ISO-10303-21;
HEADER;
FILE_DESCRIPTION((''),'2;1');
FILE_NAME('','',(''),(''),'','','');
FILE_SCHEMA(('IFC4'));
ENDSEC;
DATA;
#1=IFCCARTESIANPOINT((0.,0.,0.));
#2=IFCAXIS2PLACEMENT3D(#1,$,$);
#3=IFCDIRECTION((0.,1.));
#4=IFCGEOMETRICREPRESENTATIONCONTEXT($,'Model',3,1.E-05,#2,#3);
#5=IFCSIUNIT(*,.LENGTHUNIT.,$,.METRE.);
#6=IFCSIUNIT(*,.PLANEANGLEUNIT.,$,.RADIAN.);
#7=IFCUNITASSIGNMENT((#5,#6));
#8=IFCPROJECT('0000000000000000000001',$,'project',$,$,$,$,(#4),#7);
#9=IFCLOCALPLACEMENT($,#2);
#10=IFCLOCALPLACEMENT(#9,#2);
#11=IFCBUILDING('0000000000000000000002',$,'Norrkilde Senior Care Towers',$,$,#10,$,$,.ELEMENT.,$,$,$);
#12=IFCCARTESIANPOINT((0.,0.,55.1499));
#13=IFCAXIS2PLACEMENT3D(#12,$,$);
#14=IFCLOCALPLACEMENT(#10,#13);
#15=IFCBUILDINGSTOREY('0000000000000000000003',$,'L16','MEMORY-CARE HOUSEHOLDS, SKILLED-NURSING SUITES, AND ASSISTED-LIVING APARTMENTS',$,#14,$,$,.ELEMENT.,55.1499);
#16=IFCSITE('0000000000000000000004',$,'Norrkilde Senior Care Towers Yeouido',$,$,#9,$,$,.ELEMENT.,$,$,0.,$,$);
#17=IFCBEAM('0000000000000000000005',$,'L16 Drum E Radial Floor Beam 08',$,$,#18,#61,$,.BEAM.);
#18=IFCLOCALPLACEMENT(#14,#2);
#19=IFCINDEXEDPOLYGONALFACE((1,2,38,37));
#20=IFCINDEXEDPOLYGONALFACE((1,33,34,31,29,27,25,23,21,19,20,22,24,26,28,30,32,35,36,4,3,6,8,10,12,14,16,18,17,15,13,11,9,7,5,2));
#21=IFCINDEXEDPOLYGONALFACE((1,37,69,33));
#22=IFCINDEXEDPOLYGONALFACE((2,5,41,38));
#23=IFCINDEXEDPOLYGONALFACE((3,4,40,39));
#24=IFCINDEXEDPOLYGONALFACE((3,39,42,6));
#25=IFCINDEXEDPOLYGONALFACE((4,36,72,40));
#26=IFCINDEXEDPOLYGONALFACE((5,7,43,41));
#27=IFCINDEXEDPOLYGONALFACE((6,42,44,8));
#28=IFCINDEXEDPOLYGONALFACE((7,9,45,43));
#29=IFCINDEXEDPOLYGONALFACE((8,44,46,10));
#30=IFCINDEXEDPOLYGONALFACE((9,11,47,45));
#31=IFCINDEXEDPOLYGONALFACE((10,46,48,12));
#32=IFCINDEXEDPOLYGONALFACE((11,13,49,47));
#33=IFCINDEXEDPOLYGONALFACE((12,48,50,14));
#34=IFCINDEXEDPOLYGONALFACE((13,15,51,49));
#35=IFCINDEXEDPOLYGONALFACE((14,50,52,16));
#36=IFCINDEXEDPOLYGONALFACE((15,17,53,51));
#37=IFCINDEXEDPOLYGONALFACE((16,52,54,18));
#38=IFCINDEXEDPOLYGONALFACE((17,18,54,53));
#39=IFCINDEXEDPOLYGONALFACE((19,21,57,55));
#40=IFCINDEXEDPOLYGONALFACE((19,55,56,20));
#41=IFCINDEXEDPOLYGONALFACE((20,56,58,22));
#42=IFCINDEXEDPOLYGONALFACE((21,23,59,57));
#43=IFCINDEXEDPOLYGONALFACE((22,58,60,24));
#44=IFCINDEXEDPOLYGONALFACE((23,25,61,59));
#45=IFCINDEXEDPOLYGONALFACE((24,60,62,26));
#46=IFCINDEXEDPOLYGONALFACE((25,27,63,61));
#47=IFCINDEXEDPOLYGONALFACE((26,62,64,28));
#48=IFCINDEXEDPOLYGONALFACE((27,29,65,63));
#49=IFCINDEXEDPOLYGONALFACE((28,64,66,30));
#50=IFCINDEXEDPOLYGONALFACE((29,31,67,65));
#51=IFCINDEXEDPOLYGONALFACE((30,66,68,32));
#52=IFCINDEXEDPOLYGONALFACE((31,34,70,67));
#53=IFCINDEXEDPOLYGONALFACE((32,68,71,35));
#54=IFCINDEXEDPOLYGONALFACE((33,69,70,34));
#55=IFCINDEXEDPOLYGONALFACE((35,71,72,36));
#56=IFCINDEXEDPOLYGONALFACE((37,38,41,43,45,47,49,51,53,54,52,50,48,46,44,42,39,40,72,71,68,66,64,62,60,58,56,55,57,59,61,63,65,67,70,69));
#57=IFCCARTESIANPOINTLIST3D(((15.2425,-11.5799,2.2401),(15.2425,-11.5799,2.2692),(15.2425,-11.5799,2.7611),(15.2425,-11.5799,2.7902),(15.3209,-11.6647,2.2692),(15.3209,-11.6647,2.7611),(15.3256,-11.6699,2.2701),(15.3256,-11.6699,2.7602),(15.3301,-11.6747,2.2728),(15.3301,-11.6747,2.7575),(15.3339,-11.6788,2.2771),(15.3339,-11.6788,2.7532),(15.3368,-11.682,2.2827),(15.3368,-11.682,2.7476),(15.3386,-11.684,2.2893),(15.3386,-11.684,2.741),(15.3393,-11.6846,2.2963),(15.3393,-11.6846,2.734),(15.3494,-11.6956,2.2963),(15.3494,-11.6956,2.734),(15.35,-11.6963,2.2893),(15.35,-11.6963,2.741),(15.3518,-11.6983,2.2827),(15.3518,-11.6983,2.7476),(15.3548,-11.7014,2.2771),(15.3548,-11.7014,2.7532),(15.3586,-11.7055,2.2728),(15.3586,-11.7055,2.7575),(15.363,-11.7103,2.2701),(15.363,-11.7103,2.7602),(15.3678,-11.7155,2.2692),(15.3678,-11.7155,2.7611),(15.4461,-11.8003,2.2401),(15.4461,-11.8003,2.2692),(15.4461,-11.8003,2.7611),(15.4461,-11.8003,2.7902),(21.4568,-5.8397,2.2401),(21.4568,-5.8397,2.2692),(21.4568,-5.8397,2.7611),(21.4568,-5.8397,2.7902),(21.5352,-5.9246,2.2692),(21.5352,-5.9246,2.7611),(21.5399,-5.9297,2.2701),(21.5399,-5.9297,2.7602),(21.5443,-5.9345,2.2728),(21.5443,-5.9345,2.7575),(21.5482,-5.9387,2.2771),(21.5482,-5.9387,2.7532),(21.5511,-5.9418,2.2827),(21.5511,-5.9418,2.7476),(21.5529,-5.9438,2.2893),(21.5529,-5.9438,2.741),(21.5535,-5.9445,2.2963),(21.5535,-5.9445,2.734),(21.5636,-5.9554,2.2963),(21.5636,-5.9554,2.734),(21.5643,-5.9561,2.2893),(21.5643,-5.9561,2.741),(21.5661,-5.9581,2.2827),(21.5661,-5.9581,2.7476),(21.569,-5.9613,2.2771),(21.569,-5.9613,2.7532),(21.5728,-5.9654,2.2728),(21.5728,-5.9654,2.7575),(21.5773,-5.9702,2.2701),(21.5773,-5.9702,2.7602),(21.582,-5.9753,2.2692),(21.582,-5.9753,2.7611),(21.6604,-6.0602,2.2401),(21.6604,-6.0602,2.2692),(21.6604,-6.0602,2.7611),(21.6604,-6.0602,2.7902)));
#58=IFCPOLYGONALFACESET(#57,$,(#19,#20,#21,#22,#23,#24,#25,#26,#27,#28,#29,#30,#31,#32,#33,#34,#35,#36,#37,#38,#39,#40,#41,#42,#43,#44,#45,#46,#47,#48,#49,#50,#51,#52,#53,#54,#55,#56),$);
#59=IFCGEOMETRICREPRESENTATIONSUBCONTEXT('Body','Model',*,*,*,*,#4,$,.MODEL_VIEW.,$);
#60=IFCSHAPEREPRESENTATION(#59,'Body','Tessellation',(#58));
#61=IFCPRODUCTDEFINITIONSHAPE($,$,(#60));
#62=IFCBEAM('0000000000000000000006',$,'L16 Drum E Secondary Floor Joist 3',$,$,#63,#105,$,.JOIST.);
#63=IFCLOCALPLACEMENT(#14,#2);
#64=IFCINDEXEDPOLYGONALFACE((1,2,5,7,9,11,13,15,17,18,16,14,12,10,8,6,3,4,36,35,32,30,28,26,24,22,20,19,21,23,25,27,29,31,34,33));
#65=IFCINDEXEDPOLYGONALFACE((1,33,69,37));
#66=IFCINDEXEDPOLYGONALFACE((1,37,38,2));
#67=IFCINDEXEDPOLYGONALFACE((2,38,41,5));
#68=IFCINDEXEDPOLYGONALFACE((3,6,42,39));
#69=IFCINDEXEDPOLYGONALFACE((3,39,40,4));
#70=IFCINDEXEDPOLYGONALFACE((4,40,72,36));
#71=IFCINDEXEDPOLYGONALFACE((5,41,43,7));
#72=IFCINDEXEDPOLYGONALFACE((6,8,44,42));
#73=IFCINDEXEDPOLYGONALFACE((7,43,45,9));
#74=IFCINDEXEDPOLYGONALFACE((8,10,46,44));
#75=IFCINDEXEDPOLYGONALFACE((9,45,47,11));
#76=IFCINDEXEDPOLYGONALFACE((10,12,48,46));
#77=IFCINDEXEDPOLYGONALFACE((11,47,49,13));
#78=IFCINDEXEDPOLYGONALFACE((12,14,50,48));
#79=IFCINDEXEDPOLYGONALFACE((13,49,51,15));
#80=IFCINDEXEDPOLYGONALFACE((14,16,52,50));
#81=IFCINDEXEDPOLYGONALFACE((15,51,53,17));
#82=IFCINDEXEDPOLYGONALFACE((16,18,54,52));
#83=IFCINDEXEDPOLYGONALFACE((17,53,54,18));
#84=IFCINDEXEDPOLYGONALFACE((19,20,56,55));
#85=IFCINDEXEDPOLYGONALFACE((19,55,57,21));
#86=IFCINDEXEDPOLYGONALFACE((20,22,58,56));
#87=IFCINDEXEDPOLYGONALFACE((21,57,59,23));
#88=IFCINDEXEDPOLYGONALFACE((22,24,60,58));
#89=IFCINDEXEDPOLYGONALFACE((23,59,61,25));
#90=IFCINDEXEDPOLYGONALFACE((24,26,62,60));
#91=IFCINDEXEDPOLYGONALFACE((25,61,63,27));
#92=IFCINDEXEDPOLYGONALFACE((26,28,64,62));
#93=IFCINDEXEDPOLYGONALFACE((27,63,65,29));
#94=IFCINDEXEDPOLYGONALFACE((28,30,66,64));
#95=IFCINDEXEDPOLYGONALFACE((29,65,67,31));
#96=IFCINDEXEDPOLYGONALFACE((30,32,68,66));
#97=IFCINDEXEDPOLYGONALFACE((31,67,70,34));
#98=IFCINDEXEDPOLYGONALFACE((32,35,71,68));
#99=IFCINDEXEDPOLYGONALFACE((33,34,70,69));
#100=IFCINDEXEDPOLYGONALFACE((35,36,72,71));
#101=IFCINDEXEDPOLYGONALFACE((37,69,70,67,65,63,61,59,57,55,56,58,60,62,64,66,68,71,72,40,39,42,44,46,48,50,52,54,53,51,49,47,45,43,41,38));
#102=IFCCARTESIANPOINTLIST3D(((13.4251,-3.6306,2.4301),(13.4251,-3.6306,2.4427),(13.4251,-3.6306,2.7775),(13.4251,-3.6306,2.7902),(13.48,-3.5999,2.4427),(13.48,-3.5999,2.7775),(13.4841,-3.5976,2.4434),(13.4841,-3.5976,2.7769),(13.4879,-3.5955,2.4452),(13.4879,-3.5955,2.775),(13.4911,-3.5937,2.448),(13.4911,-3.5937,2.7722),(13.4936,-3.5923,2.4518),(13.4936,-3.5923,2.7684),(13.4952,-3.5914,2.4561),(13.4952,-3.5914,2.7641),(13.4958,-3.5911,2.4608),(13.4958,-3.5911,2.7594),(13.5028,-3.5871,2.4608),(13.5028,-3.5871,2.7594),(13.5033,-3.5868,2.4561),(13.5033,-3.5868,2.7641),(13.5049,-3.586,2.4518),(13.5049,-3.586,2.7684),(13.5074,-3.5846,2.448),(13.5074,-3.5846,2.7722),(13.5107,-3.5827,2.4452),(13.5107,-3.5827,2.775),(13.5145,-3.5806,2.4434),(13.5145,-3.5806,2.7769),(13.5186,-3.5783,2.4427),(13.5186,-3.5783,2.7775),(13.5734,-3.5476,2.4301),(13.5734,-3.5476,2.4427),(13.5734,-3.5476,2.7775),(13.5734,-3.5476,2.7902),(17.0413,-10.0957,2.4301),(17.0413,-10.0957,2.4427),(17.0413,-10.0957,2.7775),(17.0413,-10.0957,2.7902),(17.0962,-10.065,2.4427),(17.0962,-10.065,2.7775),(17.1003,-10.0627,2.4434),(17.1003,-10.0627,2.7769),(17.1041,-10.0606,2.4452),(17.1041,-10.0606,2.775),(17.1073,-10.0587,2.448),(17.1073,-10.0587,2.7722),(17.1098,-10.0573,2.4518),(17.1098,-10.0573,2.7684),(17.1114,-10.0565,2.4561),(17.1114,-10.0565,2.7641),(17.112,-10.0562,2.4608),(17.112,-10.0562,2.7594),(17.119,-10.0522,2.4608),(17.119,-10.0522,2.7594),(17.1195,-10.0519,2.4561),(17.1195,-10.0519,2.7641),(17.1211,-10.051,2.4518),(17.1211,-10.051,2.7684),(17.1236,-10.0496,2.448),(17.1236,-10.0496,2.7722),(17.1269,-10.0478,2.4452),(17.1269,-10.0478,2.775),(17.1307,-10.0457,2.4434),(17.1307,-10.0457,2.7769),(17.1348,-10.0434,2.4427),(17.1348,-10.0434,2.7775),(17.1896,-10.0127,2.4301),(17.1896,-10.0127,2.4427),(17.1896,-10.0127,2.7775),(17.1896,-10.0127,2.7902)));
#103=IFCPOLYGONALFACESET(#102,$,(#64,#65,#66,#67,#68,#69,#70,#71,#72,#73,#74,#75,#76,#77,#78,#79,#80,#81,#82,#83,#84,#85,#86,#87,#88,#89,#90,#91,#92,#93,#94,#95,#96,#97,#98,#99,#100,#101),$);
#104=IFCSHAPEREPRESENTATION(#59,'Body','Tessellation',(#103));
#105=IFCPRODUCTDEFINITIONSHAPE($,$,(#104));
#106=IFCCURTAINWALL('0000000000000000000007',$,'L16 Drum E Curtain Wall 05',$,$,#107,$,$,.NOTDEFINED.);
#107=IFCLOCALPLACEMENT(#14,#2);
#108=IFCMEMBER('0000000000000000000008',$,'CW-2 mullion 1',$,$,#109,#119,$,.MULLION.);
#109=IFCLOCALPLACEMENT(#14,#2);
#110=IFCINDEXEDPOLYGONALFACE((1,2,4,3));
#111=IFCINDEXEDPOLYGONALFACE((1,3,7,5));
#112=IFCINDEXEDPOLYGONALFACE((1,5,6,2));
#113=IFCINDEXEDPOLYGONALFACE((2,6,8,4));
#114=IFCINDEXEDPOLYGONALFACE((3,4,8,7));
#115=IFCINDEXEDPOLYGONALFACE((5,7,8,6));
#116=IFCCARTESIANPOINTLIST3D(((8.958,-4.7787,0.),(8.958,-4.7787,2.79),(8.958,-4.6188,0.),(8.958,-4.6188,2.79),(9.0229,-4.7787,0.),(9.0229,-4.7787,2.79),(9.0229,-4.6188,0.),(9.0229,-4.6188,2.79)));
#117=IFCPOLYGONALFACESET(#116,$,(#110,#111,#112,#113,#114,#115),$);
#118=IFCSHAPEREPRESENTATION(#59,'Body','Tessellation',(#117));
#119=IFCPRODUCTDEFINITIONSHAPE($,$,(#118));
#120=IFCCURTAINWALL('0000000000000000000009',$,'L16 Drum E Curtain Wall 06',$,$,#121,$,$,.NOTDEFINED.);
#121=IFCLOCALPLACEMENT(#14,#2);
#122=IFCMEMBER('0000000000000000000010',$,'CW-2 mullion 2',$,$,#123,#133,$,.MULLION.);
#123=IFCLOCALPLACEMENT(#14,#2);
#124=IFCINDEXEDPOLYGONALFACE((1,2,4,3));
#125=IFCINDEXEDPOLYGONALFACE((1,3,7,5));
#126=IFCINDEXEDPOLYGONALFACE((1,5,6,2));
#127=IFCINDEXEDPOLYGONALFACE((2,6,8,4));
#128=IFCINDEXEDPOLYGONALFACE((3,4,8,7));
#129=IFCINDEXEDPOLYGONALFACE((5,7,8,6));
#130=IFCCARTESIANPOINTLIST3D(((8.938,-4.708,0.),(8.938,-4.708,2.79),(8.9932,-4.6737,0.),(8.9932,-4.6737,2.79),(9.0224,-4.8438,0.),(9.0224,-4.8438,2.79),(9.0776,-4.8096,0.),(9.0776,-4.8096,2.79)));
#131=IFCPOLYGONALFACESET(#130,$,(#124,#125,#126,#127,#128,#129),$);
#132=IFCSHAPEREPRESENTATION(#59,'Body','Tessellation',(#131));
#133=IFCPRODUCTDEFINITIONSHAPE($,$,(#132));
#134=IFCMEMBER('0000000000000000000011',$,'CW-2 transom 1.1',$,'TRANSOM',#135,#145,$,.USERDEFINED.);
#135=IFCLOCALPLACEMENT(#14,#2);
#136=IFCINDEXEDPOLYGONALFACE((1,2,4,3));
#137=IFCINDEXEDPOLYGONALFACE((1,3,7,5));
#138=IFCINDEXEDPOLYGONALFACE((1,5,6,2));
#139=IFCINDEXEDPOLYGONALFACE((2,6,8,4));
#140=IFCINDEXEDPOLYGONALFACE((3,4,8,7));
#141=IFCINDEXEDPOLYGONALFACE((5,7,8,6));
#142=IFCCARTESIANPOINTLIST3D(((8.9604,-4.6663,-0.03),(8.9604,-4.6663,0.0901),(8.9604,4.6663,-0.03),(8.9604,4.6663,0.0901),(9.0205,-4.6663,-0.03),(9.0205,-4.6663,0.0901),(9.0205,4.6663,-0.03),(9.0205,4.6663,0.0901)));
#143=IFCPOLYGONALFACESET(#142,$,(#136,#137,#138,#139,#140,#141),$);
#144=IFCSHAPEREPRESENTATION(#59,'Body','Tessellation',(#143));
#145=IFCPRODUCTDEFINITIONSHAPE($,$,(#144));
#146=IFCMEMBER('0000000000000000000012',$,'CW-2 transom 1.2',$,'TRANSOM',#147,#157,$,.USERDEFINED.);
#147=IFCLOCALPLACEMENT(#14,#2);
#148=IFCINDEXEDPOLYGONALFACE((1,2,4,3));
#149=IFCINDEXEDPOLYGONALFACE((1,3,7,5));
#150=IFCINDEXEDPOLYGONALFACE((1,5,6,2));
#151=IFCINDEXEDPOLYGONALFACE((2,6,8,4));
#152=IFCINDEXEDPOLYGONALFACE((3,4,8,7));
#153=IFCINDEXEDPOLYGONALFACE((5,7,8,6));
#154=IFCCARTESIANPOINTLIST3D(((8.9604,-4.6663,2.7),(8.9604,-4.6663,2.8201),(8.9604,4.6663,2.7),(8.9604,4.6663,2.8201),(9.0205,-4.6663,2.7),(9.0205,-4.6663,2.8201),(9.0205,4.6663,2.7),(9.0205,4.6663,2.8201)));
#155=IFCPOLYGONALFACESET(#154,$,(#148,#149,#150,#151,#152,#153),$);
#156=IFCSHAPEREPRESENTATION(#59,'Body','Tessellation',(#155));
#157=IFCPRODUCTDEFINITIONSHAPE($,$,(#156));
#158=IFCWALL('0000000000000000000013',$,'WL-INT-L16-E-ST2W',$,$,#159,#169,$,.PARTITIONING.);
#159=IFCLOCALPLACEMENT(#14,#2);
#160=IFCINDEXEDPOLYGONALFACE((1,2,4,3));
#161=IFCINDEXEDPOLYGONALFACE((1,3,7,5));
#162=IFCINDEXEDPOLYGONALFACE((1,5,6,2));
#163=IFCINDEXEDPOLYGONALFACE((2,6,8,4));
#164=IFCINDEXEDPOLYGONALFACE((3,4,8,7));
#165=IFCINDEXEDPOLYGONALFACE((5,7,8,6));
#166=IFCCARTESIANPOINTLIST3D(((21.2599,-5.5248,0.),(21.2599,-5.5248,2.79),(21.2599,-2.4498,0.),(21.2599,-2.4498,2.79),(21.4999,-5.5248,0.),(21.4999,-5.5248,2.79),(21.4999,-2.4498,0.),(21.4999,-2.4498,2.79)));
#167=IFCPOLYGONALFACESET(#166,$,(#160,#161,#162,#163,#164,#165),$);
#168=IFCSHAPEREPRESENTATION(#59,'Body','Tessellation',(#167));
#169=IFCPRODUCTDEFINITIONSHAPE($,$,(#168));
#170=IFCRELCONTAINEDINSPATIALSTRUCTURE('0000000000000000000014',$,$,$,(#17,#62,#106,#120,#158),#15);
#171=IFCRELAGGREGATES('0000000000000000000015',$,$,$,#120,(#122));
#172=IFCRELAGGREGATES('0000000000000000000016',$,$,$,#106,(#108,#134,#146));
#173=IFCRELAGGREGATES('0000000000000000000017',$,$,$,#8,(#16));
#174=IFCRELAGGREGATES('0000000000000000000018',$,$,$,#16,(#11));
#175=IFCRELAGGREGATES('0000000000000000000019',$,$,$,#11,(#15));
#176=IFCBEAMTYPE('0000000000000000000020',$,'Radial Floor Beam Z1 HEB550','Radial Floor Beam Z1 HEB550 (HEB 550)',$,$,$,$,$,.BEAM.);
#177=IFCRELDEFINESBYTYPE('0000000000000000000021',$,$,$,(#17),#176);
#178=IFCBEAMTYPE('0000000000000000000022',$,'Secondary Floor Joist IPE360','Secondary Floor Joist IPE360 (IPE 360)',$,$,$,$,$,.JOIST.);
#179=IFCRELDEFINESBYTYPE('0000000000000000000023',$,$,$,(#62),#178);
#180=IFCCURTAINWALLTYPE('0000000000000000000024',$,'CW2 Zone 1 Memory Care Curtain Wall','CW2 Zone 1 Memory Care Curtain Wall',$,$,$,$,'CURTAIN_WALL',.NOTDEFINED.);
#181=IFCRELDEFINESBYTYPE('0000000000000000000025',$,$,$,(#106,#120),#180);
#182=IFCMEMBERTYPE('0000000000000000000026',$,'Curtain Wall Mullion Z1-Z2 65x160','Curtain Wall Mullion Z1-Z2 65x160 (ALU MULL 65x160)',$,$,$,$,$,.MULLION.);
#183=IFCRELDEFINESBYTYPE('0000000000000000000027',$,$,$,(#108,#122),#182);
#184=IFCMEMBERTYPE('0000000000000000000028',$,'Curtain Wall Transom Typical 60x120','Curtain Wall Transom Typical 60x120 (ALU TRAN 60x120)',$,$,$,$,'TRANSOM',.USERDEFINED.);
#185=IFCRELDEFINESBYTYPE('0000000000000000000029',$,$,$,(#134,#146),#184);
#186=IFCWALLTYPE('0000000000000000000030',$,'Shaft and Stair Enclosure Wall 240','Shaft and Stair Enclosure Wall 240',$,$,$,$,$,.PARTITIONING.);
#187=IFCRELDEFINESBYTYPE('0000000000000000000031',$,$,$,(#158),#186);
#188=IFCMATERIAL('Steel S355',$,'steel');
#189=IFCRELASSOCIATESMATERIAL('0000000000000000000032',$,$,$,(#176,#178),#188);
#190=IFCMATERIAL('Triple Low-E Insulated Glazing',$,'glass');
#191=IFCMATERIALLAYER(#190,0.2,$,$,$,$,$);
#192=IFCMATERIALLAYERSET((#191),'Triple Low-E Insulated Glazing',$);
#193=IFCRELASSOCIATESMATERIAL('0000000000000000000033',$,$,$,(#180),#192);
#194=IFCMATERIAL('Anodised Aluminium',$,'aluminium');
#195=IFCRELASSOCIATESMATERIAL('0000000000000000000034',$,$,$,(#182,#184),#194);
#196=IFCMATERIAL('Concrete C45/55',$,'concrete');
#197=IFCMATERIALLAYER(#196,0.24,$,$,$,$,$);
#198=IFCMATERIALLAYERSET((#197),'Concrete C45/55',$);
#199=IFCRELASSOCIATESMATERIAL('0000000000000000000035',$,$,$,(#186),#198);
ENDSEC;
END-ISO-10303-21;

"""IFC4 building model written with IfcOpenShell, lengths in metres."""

from ifc_helpers import new_model, si_unit, direction, frame, frame_2d, origin, origin_2d, place, context, subcontext, project, spatial, rectangle, i_section, extrude, source, transform, mapped, material, layer, layer_set, material_profile, profile_set, type_object, type_shapes, element, aggregate, save


model = new_model("IFC4")

# Units and contexts
model_context = context("Model", 3, precision=1e-05, world=origin(), true_north=direction((0.0, 1.0)))
body_context = subcontext(model_context, "Body", "Model", "MODEL_VIEW")
ifc_project = project(units=[si_unit("LENGTHUNIT", "METRE"), si_unit("PLANEANGLEUNIT", "RADIAN")], contexts=[model_context])

# Site, building, storey
site_placement = place(None, origin())
site = spatial("IfcSite", under=ifc_project, at=site_placement, Name="Norrkilde Senior Care Towers Yeouido", CompositionType="ELEMENT", RefElevation=0.0)
building_placement = place(site_placement, origin())
building = spatial("IfcBuilding", under=site, at=building_placement, Name="Norrkilde Senior Care Towers", CompositionType="ELEMENT")
storey_placement = place(building_placement, frame((0.0, 0.0, 55.1499)))
storey = spatial("IfcBuildingStorey", under=building, at=storey_placement, Name="L16", Description="MEMORY-CARE HOUSEHOLDS, SKILLED-NURSING SUITES, AND ASSISTED-LIVING APARTMENTS", CompositionType="ELEMENT", Elevation=55.1499)

# Beams
ifc_material_1 = material(Name="Steel S355", Category="steel")
ifc_material_profile_1 = material_profile(ifc_material_1, i_section(OverallWidth=0.3, OverallDepth=0.55, WebThickness=0.0149, FlangeThickness=0.0291, FilletRadius=0.0271, at=origin_2d()), Name="HEB 550")
ifc_profile_set_1 = profile_set([ifc_material_profile_1], Name="Steel S355")
beam_type_1 = type_object("IfcBeamType", Name="Radial Floor Beam Z1 HEB550", Description="Radial Floor Beam Z1 HEB550 (HEB 550)", PredefinedType="BEAM", material=ifc_profile_set_1)
shared_shape_1 = source(origin(), body_context, "Body", "SweptSolid", [
    extrude(i_section(OverallWidth=0.3, OverallDepth=0.55, WebThickness=0.0149, FlangeThickness=0.0291, FilletRadius=0.0271, at=origin_2d()), origin(), (0.0, 0.0, 1.0), 8.4597),
])
beam_1_placement = place(storey_placement, frame((21.5586, -5.95, 2.5151), z_axis=(-0.734573, -0.678529, 0.0), x_axis=(0.678529, -0.734573, 0.0)))
element("IfcBeam", 1, at=beam_1_placement, inside=storey, type_object=beam_type_1, Name="L16 Drum E Radial Floor Beam 08", PredefinedType="BEAM", context=body_context, shape_type="MappedRepresentation", body=[
    mapped(shared_shape_1, transform((0.0, 0.0, 0.0), x_axis=(1.0, 0.0, 0.0), y_axis=(0.0, 1.0, 0.0), z_axis=(0.0, 0.0, 1.0), scale=1.0)),
])
ifc_material_profile_2 = material_profile(ifc_material_1, i_section(OverallWidth=0.1699, OverallDepth=0.3601, WebThickness=0.0081, FlangeThickness=0.0127, FilletRadius=0.0181, at=origin_2d()), Name="IPE 360")
ifc_profile_set_2 = profile_set([ifc_material_profile_2], Name="Steel S355")
beam_type_2 = type_object("IfcBeamType", Name="Secondary Floor Joist IPE360", Description="Secondary Floor Joist IPE360 (IPE 360)", PredefinedType="JOIST", material=ifc_profile_set_2)
shared_shape_2 = source(origin(), body_context, "Body", "SweptSolid", [
    extrude(i_section(OverallWidth=0.1699, OverallDepth=0.3601, WebThickness=0.0081, FlangeThickness=0.0127, FilletRadius=0.0181, at=origin_2d()), origin(), (0.0, 0.0, 1.0), 7.4077),
])
type_shapes(beam_type_2, [shared_shape_2])
beam_2_placement = place(storey_placement, frame((13.4993, -3.5891, 2.6101), z_axis=(0.488168, -0.87275, 0.0), x_axis=(0.87275, 0.488168, 0.0)))
element("IfcBeam", 2, at=beam_2_placement, inside=storey, type_object=beam_type_2, Name="L16 Drum E Secondary Floor Joist 3", PredefinedType="JOIST", context=body_context, shape_type="MappedRepresentation", body=[
    mapped(shared_shape_2, transform((0.0, 0.0, 0.0), x_axis=(1.0, 0.0, 0.0), y_axis=(0.0, 1.0, 0.0), z_axis=(0.0, 0.0, 1.0), scale=1.0)),
])

# Curtain walls, members
ifc_material_2 = material(Name="Triple Low-E Insulated Glazing", Category="glass")
ifc_layer_1 = layer(ifc_material_2, 0.2)
ifc_layer_set_1 = layer_set([ifc_layer_1], Name="Triple Low-E Insulated Glazing")
curtain_wall_type = type_object("IfcCurtainWallType", Name="CW2 Zone 1 Memory Care Curtain Wall", Description="CW2 Zone 1 Memory Care Curtain Wall", ElementType="CURTAIN_WALL", PredefinedType="NOTDEFINED", material=ifc_layer_set_1)
curtain_wall_1_placement = place(storey_placement, origin())
curtain_wall_1 = element("IfcCurtainWall", 3, at=curtain_wall_1_placement, inside=storey, type_object=curtain_wall_type, Name="L16 Drum E Curtain Wall 05", PredefinedType="NOTDEFINED")
ifc_material_3 = material(Name="Anodised Aluminium", Category="aluminium")
ifc_material_profile_3 = material_profile(ifc_material_3, rectangle(XDim=0.0649, YDim=0.1599, at=origin_2d()), Name="ALU MULL 65x160")
ifc_profile_set_3 = profile_set([ifc_material_profile_3], Name="Anodised Aluminium")
member_type_1 = type_object("IfcMemberType", Name="Curtain Wall Mullion Z1-Z2 65x160", Description="Curtain Wall Mullion Z1-Z2 65x160 (ALU MULL 65x160)", PredefinedType="MULLION", material=ifc_profile_set_3)
shared_shape_3 = source(origin(), body_context, "Body", "SweptSolid", [
    extrude(rectangle(XDim=0.0649, YDim=0.1599, at=origin_2d()), origin(), (0.0, 0.0, 1.0), 2.79),
])
type_shapes(member_type_1, [shared_shape_3])
member_1_placement = place(storey_placement, frame((8.9905, -4.6987, 0.0), z_axis=(0.0, 0.0, 1.0), x_axis=(-1.0, 0.0, 0.0)))
member_1 = element("IfcMember", 4, at=member_1_placement, type_object=member_type_1, Name="CW-2 mullion 1", PredefinedType="MULLION", context=body_context, shape_type="MappedRepresentation", body=[
    mapped(shared_shape_3, transform((0.0, 0.0, 0.0), x_axis=(1.0, 0.0, 0.0), y_axis=(0.0, 1.0, 0.0), z_axis=(0.0, 0.0, 1.0), scale=1.0)),
])
curtain_wall_2_placement = place(storey_placement, origin())
curtain_wall_2 = element("IfcCurtainWall", 5, at=curtain_wall_2_placement, inside=storey, type_object=curtain_wall_type, Name="L16 Drum E Curtain Wall 06", PredefinedType="NOTDEFINED")
member_2_placement = place(storey_placement, frame((9.0078, -4.7588, 0.0), z_axis=(0.0, 0.0, 1.0), x_axis=(-0.849306, -0.527901, 0.0)))
member_2 = element("IfcMember", 6, at=member_2_placement, type_object=member_type_1, Name="CW-2 mullion 2", PredefinedType="MULLION", context=body_context, shape_type="MappedRepresentation", body=[
    mapped(shared_shape_3, transform((0.0, 0.0, 0.0), x_axis=(1.0, 0.0, 0.0), y_axis=(0.0, 1.0, 0.0), z_axis=(0.0, 0.0, 1.0), scale=1.0)),
])
aggregate(curtain_wall_2, [member_2])

# Members
ifc_material_profile_4 = material_profile(ifc_material_3, rectangle(XDim=0.0601, YDim=0.1201, at=origin_2d()), Name="ALU TRAN 60x120")
ifc_profile_set_4 = profile_set([ifc_material_profile_4], Name="Anodised Aluminium")
member_type_2 = type_object("IfcMemberType", Name="Curtain Wall Transom Typical 60x120", Description="Curtain Wall Transom Typical 60x120 (ALU TRAN 60x120)", ElementType="TRANSOM", PredefinedType="USERDEFINED", material=ifc_profile_set_4)
shared_shape_4 = source(origin(), body_context, "Body", "SweptSolid", [
    extrude(rectangle(XDim=0.0601, YDim=0.1201, at=origin_2d()), origin(), (0.0, 0.0, 1.0), 9.3325),
])
type_shapes(member_type_2, [shared_shape_4])
member_3_placement = place(storey_placement, frame((8.9905, -4.6663, 0.03), z_axis=(0.0, 1.0, 0.0), x_axis=(-1.0, 0.0, 0.0)))
member_3 = element("IfcMember", 7, at=member_3_placement, type_object=member_type_2, Name="CW-2 transom 1.1", ObjectType="TRANSOM", PredefinedType="USERDEFINED", context=body_context, shape_type="MappedRepresentation", body=[
    mapped(shared_shape_4, transform((0.0, 0.0, 0.0), x_axis=(1.0, 0.0, 0.0), y_axis=(0.0, 1.0, 0.0), z_axis=(0.0, 0.0, 1.0), scale=1.0)),
])
member_4_placement = place(storey_placement, frame((8.9905, -4.6663, 2.76), z_axis=(0.0, 1.0, 0.0), x_axis=(-1.0, 0.0, 0.0)))
member_4 = element("IfcMember", 8, at=member_4_placement, type_object=member_type_2, Name="CW-2 transom 1.2", ObjectType="TRANSOM", PredefinedType="USERDEFINED", context=body_context, shape_type="MappedRepresentation", body=[
    mapped(shared_shape_4, transform((0.0, 0.0, 0.0), x_axis=(1.0, 0.0, 0.0), y_axis=(0.0, 1.0, 0.0), z_axis=(0.0, 0.0, 1.0), scale=1.0)),
])
aggregate(curtain_wall_1, [member_1, member_3, member_4])

# Shared definitions
ifc_material_4 = material(Name="Concrete C45/55", Category="concrete")
ifc_layer_2 = layer(ifc_material_4, 0.24)
ifc_layer_set_2 = layer_set([ifc_layer_2], Name="Concrete C45/55")
wall_type_1 = type_object("IfcWallType", Name="Shaft and Stair Enclosure Wall 240", Description="Shaft and Stair Enclosure Wall 240", PredefinedType="PARTITIONING", material=ifc_layer_set_2)

# Wall
shared_shape_5 = source(origin(), body_context, "Body", "SweptSolid", [
    extrude(rectangle(XDim=3.075, YDim=0.24, at=frame_2d((1.5376, 0.0))), origin(), (0.0, 0.0, 1.0), 2.79),
])
wall_1_placement = place(storey_placement, frame((21.3799, -5.5249, 0.0), z_axis=(0.0, 0.0, 1.0), x_axis=(0.0, 1.0, 0.0)))
element("IfcWall", 9, at=wall_1_placement, inside=storey, type_object=wall_type_1, Name="WL-INT-L16-E-ST2W", PredefinedType="PARTITIONING", context=body_context, shape_type="MappedRepresentation", body=[
    mapped(shared_shape_5, transform((0.0, 0.0, 0.0), x_axis=(1.0, 0.0, 0.0), y_axis=(0.0, 1.0, 0.0), z_axis=(0.0, 0.0, 1.0), scale=1.0)),
])

save(model, "model.ifc")
